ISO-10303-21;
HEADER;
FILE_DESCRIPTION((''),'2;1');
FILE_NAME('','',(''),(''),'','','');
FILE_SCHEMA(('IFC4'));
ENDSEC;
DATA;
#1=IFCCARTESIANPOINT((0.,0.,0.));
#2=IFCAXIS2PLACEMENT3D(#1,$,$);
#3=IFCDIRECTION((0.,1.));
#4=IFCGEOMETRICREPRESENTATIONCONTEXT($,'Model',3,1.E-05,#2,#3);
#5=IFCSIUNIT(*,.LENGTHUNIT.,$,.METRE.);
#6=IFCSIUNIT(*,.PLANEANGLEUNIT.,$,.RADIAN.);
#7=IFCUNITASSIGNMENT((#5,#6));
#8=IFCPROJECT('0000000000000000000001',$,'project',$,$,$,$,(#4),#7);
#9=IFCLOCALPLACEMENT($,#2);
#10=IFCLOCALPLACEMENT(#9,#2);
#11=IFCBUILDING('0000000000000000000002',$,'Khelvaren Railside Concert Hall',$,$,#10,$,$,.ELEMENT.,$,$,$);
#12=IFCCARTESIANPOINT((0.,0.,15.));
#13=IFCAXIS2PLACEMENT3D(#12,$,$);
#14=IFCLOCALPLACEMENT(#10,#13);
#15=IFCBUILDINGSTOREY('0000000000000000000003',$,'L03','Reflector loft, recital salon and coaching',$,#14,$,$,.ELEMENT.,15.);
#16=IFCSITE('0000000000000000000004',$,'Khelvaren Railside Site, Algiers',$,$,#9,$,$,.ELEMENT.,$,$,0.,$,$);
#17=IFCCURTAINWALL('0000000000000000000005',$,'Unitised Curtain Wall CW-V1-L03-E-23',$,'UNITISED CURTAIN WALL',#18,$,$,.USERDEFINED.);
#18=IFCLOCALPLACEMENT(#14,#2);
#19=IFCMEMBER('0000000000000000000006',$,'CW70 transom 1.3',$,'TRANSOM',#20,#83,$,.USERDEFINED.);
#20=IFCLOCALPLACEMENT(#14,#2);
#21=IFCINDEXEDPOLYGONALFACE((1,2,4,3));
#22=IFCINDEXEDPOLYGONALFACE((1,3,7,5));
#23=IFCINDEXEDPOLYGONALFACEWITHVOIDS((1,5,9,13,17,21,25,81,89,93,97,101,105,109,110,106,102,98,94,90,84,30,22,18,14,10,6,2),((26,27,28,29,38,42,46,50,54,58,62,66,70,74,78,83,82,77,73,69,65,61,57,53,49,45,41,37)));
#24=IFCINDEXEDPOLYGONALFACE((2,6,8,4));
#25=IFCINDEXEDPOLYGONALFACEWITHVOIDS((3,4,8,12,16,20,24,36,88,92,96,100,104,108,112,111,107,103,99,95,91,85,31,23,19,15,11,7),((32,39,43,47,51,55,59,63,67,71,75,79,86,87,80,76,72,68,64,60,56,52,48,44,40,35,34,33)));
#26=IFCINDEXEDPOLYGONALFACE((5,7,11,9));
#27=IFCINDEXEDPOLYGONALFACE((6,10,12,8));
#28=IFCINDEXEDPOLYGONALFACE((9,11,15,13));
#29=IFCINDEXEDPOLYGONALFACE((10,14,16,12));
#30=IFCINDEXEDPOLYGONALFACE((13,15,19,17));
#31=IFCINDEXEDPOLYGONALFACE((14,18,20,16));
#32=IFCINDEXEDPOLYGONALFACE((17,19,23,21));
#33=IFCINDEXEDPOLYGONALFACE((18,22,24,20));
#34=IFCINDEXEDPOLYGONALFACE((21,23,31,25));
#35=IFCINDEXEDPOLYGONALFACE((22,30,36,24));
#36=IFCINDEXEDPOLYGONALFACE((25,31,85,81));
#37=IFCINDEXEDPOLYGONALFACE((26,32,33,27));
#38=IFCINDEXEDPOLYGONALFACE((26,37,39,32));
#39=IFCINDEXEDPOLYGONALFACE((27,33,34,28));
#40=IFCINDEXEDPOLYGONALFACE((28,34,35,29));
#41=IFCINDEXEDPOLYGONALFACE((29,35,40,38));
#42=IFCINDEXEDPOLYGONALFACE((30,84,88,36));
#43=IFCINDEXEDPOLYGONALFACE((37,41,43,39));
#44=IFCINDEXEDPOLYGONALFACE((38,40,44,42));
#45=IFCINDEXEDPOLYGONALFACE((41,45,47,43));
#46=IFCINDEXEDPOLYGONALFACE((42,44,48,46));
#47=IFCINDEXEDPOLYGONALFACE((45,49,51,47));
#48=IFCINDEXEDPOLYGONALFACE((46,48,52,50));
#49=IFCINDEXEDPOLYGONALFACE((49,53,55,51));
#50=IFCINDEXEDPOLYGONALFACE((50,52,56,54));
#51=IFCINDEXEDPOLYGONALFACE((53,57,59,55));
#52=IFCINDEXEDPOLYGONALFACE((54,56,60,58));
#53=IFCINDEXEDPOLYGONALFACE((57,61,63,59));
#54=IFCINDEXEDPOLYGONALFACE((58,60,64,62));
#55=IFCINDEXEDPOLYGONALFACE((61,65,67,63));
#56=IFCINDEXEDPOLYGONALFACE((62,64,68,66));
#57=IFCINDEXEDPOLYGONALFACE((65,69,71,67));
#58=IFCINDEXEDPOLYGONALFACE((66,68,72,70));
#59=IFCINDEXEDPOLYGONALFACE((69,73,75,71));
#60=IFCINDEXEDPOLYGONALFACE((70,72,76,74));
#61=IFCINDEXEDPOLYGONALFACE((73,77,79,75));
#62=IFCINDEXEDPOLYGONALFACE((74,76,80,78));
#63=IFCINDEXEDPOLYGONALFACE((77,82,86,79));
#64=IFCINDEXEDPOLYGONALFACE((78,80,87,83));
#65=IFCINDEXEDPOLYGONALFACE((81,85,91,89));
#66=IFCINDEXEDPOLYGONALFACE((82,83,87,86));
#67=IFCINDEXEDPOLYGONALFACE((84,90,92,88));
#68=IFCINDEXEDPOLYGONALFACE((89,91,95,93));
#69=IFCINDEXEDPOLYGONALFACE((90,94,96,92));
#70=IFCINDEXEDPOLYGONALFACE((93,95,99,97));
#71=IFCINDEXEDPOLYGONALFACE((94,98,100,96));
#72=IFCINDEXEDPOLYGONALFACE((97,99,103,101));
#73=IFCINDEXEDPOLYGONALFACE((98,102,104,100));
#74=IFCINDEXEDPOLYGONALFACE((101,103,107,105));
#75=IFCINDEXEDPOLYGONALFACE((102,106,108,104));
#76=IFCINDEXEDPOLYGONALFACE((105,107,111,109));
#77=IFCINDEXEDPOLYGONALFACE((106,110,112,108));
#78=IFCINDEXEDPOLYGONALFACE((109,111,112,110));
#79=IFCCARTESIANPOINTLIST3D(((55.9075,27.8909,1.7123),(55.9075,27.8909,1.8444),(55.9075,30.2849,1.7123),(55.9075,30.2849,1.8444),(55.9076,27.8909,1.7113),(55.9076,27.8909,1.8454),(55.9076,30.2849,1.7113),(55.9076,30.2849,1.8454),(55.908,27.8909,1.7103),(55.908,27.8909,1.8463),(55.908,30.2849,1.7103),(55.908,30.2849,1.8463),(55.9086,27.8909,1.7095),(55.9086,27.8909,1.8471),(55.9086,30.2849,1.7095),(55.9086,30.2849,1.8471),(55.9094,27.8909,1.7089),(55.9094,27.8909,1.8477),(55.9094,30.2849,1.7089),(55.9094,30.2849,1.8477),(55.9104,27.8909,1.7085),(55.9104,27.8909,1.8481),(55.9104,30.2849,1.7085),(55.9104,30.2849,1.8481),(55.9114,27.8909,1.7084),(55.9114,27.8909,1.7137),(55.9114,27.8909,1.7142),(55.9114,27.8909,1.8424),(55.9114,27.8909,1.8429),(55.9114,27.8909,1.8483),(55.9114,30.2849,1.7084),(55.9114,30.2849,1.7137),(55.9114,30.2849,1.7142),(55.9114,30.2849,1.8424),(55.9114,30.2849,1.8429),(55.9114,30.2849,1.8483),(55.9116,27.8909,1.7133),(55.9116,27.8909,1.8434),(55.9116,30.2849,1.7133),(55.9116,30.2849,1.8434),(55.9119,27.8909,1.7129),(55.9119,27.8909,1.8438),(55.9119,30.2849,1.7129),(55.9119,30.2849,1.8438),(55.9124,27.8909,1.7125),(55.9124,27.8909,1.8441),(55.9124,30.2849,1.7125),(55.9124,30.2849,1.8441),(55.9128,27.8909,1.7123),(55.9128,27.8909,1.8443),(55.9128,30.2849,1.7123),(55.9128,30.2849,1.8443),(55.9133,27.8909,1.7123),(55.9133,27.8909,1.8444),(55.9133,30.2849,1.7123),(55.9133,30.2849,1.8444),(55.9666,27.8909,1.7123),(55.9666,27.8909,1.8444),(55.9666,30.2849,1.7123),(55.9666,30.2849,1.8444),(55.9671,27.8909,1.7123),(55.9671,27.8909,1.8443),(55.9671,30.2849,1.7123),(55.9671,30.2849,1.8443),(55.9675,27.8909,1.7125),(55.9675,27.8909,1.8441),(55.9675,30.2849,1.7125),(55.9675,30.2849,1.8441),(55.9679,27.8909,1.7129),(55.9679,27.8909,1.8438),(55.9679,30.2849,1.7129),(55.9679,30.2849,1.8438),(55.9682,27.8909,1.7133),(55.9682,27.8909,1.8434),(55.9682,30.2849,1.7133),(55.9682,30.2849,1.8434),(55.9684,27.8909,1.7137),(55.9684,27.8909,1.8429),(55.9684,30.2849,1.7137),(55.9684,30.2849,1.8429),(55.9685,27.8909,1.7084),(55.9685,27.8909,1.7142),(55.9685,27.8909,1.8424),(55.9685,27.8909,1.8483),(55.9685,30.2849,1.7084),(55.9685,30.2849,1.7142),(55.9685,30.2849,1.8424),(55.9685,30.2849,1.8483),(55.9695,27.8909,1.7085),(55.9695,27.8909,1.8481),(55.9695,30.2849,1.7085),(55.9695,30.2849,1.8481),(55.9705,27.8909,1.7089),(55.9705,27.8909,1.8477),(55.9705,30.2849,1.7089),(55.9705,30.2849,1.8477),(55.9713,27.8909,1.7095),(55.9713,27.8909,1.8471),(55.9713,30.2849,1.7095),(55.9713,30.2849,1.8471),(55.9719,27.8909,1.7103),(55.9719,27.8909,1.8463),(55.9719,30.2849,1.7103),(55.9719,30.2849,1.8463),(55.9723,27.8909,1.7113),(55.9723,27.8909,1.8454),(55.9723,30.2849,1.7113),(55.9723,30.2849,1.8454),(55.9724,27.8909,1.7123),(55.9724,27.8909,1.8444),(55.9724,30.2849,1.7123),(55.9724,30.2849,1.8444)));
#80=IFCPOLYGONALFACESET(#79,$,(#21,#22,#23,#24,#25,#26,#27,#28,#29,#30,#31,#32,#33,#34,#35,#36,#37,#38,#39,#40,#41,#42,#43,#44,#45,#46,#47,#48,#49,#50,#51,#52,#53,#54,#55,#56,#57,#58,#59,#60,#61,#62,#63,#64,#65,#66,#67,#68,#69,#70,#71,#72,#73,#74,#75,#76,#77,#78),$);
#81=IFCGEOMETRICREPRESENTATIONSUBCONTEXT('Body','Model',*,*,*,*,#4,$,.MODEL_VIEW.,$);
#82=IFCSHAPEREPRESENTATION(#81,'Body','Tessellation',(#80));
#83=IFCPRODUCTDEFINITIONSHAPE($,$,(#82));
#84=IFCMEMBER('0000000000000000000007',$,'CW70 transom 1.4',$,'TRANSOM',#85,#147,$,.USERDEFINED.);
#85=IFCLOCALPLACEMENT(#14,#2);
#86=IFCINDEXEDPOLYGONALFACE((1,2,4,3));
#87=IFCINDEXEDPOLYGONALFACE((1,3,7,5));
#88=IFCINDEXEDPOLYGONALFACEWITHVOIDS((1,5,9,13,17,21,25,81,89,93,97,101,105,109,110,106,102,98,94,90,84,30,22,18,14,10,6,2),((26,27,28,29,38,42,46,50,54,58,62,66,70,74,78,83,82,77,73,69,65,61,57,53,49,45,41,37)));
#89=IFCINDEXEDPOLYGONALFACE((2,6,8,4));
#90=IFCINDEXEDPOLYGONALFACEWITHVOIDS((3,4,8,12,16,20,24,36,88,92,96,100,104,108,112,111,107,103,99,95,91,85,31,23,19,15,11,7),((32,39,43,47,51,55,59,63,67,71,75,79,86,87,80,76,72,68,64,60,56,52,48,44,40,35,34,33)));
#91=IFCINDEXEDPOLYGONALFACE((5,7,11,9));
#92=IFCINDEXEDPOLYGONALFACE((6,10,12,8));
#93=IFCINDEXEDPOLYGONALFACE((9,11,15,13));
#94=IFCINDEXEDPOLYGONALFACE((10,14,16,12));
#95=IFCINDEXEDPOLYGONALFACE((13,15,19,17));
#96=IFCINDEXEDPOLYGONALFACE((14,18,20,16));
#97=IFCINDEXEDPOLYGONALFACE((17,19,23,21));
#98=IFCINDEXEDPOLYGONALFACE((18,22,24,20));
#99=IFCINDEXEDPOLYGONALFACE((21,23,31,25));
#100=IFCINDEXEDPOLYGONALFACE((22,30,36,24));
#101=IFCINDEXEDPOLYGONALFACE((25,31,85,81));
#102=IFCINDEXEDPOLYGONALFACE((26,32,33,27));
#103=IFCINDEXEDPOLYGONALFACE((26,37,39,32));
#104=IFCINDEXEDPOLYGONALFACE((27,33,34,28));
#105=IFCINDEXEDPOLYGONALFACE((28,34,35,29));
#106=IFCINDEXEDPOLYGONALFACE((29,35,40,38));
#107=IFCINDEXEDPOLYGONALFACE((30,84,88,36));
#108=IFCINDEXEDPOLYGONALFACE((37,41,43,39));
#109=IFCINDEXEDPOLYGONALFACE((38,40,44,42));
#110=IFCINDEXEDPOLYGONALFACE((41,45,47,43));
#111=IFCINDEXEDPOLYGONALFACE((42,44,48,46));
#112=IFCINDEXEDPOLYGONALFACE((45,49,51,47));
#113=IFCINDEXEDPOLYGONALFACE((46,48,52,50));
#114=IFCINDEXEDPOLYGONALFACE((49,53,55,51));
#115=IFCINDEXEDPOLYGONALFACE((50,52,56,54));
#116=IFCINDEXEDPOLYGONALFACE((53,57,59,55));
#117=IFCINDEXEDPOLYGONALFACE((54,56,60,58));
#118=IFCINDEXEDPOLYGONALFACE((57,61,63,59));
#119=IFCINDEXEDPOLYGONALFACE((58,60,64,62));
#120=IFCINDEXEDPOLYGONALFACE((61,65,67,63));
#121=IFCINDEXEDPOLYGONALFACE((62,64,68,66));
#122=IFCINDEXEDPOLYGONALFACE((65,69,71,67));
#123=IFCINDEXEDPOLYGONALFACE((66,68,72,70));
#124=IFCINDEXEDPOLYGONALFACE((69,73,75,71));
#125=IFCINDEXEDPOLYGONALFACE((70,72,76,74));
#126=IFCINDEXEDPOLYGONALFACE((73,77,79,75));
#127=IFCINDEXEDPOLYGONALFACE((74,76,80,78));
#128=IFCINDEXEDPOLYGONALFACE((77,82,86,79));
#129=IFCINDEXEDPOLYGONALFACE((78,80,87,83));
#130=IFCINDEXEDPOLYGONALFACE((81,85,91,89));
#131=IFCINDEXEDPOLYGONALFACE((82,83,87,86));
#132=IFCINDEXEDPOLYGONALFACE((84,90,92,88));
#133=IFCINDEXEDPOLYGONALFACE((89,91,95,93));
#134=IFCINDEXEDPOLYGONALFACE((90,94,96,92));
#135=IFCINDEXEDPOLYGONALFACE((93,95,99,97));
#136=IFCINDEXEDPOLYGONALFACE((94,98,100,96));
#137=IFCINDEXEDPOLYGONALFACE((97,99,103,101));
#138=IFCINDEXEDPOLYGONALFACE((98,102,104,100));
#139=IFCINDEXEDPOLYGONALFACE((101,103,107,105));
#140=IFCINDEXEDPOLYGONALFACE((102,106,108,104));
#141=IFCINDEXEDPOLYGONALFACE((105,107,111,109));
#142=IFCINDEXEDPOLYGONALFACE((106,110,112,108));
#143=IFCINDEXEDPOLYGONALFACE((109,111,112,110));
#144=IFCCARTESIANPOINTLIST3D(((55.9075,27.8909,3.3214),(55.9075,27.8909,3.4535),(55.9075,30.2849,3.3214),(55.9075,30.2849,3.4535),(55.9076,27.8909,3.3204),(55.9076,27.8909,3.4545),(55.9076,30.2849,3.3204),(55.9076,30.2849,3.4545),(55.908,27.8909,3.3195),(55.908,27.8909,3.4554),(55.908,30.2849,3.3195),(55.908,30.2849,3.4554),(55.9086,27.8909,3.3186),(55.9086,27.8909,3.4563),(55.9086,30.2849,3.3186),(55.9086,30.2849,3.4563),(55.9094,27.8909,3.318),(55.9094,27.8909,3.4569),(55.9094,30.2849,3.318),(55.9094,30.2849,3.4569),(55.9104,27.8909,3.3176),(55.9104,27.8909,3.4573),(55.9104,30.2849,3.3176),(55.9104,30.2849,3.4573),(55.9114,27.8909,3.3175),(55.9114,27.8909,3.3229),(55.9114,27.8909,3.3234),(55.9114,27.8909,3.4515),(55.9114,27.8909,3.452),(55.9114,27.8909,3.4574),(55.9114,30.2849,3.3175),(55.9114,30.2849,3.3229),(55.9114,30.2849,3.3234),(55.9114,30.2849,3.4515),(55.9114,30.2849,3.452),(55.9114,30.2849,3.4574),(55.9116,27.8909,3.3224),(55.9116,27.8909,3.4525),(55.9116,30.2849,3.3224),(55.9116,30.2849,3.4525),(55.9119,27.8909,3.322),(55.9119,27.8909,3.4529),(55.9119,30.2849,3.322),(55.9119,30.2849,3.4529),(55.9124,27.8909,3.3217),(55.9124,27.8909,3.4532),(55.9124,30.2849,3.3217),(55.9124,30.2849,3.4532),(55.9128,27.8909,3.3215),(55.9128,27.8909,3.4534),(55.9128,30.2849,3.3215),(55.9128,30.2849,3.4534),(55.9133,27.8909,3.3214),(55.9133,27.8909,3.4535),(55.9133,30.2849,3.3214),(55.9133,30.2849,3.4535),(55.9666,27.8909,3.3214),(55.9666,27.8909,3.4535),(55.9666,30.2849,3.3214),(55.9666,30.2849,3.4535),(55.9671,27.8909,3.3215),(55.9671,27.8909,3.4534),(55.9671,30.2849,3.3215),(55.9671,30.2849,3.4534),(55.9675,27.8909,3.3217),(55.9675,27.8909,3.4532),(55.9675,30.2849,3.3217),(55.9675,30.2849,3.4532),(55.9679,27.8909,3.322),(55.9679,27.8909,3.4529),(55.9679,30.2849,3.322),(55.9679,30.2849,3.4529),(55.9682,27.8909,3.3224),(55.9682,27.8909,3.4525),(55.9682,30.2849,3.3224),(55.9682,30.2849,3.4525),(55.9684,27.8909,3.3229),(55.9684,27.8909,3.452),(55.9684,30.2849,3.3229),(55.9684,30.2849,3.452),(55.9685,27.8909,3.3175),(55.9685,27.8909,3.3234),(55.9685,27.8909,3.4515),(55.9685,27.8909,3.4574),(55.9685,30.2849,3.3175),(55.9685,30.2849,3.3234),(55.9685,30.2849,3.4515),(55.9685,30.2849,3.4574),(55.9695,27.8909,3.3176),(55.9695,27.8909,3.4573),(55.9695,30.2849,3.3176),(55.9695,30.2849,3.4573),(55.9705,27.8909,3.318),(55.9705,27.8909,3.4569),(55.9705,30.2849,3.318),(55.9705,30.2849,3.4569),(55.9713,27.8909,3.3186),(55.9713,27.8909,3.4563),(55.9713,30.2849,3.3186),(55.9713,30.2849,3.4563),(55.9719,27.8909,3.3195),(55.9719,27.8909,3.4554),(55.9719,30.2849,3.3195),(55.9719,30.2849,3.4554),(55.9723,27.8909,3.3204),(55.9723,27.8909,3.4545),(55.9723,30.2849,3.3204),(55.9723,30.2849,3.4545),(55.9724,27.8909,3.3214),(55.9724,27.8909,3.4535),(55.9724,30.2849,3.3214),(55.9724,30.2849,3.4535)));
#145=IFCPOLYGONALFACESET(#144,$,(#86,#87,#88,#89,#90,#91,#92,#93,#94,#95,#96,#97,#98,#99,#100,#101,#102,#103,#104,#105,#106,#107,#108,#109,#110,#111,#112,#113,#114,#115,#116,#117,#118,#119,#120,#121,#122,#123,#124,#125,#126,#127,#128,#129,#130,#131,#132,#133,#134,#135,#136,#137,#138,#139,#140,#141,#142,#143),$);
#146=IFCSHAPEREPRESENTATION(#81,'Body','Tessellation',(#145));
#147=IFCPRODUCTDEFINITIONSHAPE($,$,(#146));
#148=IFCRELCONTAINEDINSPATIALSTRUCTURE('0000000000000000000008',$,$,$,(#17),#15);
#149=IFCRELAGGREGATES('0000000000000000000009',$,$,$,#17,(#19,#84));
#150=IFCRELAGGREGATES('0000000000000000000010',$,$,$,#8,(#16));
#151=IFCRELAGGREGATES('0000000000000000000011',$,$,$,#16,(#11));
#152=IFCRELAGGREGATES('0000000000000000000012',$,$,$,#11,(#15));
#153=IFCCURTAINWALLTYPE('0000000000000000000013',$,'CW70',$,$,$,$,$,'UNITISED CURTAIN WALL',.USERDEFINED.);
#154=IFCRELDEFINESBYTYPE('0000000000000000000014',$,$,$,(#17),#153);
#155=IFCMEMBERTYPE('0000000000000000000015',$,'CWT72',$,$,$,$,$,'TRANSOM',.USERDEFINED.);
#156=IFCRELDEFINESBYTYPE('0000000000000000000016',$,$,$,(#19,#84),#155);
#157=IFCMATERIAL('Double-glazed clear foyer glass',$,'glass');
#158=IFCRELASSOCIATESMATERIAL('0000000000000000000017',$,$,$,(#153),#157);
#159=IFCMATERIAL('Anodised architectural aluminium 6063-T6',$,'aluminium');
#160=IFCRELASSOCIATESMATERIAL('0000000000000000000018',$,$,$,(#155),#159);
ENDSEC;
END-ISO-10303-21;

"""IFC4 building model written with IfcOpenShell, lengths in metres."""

from ifc_helpers import new_model, si_unit, direction, frame, origin, origin_2d, place, context, subcontext, project, spatial, hollow_rectangle, extrude, material, material_profile, profile_set, type_object, element, aggregate, save


model = new_model("IFC4")

# Units and contexts
model_context = context("Model", 3, precision=1e-05, world=origin(), true_north=direction((0.0, 1.0)))
body_context = subcontext(model_context, "Body", "Model", "MODEL_VIEW")
ifc_project = project(units=[si_unit("LENGTHUNIT", "METRE"), si_unit("PLANEANGLEUNIT", "RADIAN")], contexts=[model_context])

# Site, building, storey
site_placement = place(None, origin())
site = spatial("IfcSite", under=ifc_project, at=site_placement, Name="Khelvaren Railside Site, Algiers", CompositionType="ELEMENT", RefElevation=0.0)
building_placement = place(site_placement, origin())
building = spatial("IfcBuilding", under=site, at=building_placement, Name="Khelvaren Railside Concert Hall", CompositionType="ELEMENT")
storey_placement = place(building_placement, frame((0.0, 0.0, 15.0)))
storey = spatial("IfcBuildingStorey", under=building, at=storey_placement, Name="L03", Description="Reflector loft, recital salon and coaching", CompositionType="ELEMENT", Elevation=15.0)

# Curtain wall
ifc_material_1 = material(Name="Double-glazed clear foyer glass", Category="glass")
curtain_wall_type_1 = type_object("IfcCurtainWallType", Name="CW70", ElementType="UNITISED CURTAIN WALL", PredefinedType="USERDEFINED", material=ifc_material_1)
curtain_wall_1_placement = place(storey_placement, origin())
curtain_wall_1 = element("IfcCurtainWall", 1, at=curtain_wall_1_placement, inside=storey, type_object=curtain_wall_type_1, Name="Unitised Curtain Wall CW-V1-L03-E-23", ObjectType="UNITISED CURTAIN WALL", PredefinedType="USERDEFINED")
ifc_material_2 = material(Name="Anodised architectural aluminium 6063-T6", Category="aluminium")

# Members
ifc_material_profile_1 = material_profile(ifc_material_2, hollow_rectangle(XDim=0.0649, YDim=0.1399, WallThickness=0.0039, InnerFilletRadius=0.002, OuterFilletRadius=0.0039, at=origin_2d()), Name="CWT 65x140x4")
ifc_profile_set_1 = profile_set([ifc_material_profile_1], Name="Anodised architectural aluminium 6063-T6")
member_type_1 = type_object("IfcMemberType", Name="CWT72", ElementType="TRANSOM", PredefinedType="USERDEFINED", material=ifc_profile_set_1)
member_1_placement = place(storey_placement, frame((55.9399, 30.2849, 1.7783), z_axis=(0.0, -1.0, 0.0), x_axis=(1.0, 0.0, 0.0)))
member_1 = element("IfcMember", 2, at=member_1_placement, type_object=member_type_1, Name="CW70 transom 1.3", ObjectType="TRANSOM", PredefinedType="USERDEFINED", context=body_context, shape_type="SweptSolid", body=[
    extrude(hollow_rectangle(XDim=0.0649, YDim=0.1399, WallThickness=0.0039, InnerFilletRadius=0.002, OuterFilletRadius=0.0039, at=origin_2d()), origin(), (0.0, 0.0, 1.0), 2.394),
])
member_2_placement = place(storey_placement, frame((55.9399, 30.2849, 3.3875), z_axis=(0.0, -1.0, 0.0), x_axis=(1.0, 0.0, 0.0)))
member_2 = element("IfcMember", 3, at=member_2_placement, type_object=member_type_1, Name="CW70 transom 1.4", ObjectType="TRANSOM", PredefinedType="USERDEFINED", context=body_context, shape_type="SweptSolid", body=[
    extrude(hollow_rectangle(XDim=0.0649, YDim=0.1399, WallThickness=0.0039, InnerFilletRadius=0.002, OuterFilletRadius=0.0039, at=origin_2d()), origin(), (0.0, 0.0, 1.0), 2.394),
])

aggregate(curtain_wall_1, [member_1, member_2])

save(model, "model.ifc")
